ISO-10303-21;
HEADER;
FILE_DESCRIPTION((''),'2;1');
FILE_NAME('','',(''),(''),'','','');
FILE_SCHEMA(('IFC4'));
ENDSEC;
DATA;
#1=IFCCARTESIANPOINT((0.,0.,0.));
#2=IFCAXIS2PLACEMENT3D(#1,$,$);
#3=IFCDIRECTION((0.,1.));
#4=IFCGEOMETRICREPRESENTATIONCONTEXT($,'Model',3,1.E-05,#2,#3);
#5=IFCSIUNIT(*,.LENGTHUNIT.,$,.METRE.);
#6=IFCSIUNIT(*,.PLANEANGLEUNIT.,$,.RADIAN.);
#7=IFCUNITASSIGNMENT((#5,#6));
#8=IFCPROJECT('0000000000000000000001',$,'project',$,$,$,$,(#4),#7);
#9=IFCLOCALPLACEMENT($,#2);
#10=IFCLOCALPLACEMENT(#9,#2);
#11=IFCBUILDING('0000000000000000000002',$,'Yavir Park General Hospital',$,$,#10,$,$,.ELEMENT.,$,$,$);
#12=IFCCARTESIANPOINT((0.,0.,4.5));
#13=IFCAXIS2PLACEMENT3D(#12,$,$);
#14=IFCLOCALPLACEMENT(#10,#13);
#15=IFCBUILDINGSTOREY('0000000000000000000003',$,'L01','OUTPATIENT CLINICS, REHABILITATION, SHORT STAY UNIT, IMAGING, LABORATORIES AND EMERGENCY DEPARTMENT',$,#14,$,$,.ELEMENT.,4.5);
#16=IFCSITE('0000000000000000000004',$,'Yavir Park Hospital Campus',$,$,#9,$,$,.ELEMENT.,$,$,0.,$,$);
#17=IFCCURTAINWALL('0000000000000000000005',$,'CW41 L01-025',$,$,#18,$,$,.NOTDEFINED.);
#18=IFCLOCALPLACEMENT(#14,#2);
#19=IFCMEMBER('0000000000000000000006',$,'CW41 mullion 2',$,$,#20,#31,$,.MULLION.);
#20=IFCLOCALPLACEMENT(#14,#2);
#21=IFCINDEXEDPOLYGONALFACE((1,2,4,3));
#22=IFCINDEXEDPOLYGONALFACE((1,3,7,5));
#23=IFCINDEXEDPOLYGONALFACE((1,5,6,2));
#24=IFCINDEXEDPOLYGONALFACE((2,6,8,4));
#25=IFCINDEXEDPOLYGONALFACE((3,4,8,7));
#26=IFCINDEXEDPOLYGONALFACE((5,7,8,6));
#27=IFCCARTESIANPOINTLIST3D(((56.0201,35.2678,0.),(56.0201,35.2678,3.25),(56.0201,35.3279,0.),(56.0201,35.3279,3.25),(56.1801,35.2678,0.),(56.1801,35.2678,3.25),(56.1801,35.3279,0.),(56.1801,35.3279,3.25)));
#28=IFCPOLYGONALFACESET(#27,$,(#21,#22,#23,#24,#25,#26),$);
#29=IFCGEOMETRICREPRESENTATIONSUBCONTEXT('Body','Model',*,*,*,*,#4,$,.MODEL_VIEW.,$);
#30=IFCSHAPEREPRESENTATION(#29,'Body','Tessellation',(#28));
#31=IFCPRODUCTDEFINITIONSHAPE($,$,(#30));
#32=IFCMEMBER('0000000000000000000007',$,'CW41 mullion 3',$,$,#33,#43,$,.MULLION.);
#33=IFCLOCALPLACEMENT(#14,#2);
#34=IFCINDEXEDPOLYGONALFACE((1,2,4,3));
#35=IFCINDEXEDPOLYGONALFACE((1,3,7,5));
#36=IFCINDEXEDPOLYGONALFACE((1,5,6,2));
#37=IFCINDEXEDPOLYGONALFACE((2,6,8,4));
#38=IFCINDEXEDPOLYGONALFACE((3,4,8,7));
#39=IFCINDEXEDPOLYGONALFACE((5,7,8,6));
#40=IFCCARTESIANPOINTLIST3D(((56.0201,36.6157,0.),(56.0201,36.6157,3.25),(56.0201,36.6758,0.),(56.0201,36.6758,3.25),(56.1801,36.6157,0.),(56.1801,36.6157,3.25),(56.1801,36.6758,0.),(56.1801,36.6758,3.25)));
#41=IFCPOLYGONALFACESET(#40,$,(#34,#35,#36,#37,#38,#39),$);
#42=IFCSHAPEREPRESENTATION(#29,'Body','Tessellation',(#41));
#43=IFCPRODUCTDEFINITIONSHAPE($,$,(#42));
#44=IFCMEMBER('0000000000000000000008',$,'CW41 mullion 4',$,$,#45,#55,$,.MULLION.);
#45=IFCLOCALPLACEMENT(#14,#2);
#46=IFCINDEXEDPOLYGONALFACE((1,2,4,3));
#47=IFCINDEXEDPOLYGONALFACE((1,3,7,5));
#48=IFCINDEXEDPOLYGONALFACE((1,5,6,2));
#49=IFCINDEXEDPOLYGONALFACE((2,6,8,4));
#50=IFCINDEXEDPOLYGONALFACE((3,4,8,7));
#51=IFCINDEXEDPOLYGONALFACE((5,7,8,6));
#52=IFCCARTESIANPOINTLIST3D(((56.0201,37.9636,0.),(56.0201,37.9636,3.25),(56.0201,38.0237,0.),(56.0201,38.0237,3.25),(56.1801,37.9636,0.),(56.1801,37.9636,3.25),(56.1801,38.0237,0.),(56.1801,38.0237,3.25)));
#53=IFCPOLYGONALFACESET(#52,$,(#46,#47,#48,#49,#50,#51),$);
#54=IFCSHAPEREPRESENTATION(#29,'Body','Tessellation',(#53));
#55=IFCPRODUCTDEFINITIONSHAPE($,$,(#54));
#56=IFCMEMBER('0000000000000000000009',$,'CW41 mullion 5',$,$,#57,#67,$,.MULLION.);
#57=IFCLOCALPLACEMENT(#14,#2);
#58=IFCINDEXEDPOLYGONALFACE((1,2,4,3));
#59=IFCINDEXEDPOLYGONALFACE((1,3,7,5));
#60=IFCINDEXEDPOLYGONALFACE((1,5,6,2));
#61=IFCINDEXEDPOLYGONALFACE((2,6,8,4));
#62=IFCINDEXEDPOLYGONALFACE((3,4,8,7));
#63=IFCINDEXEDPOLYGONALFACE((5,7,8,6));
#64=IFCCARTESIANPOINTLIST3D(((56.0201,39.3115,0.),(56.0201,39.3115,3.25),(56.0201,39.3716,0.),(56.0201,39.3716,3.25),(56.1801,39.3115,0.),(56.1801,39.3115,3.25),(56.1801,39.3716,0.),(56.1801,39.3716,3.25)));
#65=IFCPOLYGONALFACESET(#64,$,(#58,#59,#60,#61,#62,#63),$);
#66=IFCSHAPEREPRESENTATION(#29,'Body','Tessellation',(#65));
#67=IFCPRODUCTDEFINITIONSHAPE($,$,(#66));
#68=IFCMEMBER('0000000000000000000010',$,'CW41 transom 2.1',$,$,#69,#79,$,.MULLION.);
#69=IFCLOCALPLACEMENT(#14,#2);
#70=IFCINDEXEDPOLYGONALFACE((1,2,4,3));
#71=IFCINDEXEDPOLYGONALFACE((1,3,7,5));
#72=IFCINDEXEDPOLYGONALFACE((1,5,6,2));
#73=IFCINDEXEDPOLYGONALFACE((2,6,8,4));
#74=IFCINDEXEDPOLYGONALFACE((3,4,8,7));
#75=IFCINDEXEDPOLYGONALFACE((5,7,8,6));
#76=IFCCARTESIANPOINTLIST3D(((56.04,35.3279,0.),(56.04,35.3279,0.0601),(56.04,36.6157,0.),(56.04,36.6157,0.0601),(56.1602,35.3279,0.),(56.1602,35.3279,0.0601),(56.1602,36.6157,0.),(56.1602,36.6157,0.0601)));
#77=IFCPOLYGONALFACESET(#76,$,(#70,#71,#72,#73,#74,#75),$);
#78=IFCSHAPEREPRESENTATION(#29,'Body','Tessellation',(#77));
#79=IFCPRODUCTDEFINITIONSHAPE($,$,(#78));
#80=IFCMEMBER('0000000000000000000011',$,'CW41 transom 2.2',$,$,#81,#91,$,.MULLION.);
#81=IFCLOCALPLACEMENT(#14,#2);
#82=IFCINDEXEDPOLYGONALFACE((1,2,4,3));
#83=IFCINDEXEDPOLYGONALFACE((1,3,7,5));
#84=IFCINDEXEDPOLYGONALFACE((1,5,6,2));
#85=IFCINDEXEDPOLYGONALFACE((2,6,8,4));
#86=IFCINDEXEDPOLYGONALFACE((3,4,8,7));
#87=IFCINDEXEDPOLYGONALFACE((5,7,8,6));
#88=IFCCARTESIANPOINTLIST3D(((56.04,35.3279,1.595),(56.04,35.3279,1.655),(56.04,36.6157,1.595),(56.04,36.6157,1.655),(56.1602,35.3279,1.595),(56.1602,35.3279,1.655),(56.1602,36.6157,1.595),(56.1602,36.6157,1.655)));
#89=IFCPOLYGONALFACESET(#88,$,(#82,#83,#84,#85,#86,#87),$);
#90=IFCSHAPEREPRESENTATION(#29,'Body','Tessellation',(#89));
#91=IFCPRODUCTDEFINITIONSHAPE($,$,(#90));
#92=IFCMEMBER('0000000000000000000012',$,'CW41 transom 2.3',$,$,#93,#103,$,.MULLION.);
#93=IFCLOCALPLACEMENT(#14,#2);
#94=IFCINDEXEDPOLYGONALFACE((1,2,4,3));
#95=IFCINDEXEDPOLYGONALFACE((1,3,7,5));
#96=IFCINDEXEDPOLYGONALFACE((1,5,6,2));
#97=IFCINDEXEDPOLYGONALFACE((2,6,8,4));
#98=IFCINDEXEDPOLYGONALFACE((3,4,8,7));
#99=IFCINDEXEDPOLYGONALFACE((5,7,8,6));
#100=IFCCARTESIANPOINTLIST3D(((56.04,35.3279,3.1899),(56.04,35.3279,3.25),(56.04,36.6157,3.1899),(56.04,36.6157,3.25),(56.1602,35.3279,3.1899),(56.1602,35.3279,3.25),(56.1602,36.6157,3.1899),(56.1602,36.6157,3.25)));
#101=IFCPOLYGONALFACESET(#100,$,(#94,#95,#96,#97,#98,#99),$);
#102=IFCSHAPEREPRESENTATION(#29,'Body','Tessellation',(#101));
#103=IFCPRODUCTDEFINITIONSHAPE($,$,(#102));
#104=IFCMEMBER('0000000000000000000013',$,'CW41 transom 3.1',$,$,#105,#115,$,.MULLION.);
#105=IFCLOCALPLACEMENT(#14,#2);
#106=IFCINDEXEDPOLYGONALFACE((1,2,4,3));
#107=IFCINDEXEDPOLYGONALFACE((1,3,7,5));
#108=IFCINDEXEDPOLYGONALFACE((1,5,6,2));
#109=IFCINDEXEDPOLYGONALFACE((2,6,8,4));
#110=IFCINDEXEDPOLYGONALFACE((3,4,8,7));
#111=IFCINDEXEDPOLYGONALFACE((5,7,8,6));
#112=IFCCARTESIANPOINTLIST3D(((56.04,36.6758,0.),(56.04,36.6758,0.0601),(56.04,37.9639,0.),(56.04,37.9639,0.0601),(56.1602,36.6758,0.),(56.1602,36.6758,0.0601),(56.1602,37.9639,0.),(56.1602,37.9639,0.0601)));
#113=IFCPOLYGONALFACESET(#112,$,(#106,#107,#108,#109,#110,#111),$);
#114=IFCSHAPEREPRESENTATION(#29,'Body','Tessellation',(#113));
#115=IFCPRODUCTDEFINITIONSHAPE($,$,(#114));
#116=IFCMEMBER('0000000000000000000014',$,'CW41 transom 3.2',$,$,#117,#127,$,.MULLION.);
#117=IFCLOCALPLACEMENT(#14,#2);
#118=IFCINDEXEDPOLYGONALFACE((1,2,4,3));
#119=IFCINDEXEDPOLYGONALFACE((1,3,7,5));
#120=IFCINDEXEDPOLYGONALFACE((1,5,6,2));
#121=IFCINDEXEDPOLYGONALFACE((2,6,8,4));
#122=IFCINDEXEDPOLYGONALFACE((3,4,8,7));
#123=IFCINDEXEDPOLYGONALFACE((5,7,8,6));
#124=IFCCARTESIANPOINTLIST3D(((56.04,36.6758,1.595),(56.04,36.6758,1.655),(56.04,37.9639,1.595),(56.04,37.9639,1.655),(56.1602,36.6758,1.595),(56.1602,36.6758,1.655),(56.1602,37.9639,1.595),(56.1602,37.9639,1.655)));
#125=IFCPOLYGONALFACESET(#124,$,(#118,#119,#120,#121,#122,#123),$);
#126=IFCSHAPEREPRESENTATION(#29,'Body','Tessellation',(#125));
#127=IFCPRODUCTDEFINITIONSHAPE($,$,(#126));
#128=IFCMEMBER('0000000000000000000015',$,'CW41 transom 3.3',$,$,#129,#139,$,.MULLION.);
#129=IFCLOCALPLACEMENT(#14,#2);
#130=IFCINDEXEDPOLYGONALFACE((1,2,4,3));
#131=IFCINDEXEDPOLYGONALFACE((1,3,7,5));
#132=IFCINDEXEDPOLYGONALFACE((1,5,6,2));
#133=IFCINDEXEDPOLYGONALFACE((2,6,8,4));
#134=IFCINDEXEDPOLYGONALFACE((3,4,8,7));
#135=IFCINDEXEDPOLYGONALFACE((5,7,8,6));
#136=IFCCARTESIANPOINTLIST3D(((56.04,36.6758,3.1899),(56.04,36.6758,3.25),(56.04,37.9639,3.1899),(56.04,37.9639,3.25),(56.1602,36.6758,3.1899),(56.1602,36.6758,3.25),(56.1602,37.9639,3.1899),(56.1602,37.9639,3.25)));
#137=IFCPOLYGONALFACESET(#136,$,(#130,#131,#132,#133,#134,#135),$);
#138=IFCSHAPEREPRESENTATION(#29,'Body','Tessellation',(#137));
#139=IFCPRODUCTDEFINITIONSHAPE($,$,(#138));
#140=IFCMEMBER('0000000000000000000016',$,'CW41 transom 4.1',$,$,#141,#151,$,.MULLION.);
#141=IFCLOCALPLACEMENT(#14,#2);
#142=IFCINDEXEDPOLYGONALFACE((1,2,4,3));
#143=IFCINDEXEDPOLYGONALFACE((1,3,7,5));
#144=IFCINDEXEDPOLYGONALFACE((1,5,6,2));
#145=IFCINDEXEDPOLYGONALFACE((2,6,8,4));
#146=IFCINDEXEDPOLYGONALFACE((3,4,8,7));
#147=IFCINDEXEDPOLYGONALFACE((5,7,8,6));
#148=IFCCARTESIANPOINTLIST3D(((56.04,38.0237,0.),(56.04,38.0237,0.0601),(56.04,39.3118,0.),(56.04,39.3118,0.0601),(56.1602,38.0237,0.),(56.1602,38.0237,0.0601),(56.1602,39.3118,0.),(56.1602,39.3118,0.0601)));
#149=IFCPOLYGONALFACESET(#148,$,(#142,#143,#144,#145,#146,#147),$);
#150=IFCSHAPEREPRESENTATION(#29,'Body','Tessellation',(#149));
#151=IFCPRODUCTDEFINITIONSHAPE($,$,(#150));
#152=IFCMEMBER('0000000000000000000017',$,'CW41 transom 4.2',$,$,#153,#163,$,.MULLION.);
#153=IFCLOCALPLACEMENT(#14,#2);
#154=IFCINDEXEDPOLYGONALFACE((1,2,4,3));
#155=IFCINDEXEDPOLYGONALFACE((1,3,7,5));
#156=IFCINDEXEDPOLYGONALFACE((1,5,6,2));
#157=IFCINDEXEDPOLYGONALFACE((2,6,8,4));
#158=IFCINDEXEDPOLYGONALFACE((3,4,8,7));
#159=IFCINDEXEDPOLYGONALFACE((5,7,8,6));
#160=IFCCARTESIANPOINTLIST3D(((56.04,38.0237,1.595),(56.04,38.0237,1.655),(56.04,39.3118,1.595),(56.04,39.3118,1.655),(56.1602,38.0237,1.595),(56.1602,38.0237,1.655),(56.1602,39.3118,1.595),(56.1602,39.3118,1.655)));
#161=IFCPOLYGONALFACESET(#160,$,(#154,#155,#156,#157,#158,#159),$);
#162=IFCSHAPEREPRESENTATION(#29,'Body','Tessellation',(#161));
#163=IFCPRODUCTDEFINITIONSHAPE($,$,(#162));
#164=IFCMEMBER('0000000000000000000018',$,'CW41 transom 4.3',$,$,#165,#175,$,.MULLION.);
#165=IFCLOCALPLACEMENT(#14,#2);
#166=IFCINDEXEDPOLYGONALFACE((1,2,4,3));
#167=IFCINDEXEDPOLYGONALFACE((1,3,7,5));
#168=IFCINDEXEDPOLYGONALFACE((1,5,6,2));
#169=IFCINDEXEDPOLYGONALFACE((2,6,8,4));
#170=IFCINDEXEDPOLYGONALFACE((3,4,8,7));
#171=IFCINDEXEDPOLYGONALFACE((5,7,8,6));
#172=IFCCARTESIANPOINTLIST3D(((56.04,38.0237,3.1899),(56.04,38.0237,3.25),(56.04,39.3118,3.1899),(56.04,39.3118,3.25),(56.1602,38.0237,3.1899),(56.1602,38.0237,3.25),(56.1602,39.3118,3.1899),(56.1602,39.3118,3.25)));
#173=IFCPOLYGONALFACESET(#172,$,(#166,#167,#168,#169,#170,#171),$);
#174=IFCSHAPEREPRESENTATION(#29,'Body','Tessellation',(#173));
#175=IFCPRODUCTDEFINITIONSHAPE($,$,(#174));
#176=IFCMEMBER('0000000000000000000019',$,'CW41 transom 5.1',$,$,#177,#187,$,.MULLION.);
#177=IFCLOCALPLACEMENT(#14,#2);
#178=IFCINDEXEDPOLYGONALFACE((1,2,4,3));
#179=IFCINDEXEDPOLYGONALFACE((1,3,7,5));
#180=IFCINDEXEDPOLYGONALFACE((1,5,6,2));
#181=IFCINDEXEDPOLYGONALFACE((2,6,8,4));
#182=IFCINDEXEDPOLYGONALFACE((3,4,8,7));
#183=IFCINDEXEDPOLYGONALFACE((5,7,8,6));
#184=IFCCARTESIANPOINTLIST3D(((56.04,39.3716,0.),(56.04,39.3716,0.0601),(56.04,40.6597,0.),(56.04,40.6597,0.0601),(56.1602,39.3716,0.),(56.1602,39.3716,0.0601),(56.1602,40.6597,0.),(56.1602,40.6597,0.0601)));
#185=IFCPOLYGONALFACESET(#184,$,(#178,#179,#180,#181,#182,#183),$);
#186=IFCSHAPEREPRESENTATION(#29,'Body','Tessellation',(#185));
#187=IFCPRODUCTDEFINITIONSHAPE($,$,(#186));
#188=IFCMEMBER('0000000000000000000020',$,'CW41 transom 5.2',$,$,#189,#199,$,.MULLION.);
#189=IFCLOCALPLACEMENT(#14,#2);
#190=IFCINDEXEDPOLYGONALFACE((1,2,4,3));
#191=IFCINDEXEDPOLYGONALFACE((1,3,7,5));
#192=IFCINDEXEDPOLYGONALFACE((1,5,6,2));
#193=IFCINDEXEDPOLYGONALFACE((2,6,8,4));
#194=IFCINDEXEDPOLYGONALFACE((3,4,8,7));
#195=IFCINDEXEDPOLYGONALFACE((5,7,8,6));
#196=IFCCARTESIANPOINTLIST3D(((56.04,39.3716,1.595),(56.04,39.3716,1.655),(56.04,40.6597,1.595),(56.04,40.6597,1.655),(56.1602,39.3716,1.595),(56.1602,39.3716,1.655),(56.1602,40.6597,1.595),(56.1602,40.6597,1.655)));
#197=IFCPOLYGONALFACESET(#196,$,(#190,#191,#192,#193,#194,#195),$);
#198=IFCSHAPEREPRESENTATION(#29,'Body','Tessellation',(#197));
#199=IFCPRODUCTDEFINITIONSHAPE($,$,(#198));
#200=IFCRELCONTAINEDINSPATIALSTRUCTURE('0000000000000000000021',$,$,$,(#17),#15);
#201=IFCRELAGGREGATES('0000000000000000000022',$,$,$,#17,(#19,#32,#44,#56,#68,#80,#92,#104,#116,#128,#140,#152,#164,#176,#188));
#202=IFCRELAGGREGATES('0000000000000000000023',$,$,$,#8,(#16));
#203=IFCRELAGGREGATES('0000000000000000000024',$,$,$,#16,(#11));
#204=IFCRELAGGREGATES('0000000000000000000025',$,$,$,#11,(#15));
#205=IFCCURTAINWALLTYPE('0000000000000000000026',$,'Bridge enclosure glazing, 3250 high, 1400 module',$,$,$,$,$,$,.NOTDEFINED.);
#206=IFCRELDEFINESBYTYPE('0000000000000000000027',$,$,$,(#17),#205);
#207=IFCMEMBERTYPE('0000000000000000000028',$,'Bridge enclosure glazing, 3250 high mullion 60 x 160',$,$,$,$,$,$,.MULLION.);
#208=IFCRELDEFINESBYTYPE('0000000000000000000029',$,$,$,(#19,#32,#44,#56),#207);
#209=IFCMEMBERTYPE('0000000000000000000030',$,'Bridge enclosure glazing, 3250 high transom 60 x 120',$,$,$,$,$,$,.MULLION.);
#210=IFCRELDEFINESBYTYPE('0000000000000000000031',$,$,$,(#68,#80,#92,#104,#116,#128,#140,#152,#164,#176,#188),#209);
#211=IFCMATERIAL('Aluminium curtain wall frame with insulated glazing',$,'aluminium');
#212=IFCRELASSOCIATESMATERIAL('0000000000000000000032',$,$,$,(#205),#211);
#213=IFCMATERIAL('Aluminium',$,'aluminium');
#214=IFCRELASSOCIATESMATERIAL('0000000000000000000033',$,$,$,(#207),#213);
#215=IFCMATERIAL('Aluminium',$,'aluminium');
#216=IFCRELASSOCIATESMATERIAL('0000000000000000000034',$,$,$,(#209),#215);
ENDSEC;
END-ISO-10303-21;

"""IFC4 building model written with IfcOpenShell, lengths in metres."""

from ifc_helpers import new_model, si_unit, direction, frame, origin, origin_2d, place, context, subcontext, project, spatial, rectangle, extrude, material, material_profile, profile_set, type_object, element, aggregate, save


model = new_model("IFC4")

# Units and contexts
model_context = context("Model", 3, precision=1e-05, world=origin(), true_north=direction((0.0, 1.0)))
body_context = subcontext(model_context, "Body", "Model", "MODEL_VIEW")
ifc_project = project(units=[si_unit("LENGTHUNIT", "METRE"), si_unit("PLANEANGLEUNIT", "RADIAN")], contexts=[model_context])

# Site, building, storey
site_placement = place(None, origin())
site = spatial("IfcSite", under=ifc_project, at=site_placement, Name="Yavir Park Hospital Campus", CompositionType="ELEMENT", RefElevation=0.0)
building_placement = place(site_placement, origin())
building = spatial("IfcBuilding", under=site, at=building_placement, Name="Yavir Park General Hospital", CompositionType="ELEMENT")
storey_placement = place(building_placement, frame((0.0, 0.0, 4.5)))
storey = spatial("IfcBuildingStorey", under=building, at=storey_placement, Name="L01", Description="OUTPATIENT CLINICS, REHABILITATION, SHORT STAY UNIT, IMAGING, LABORATORIES AND EMERGENCY DEPARTMENT", CompositionType="ELEMENT", Elevation=4.5)

# Curtain wall, members
ifc_material_1 = material(Name="Aluminium curtain wall frame with insulated glazing", Category="aluminium")
curtain_wall_type = type_object("IfcCurtainWallType", Name="Bridge enclosure glazing, 3250 high, 1400 module", PredefinedType="NOTDEFINED", material=ifc_material_1)
curtain_wall_placement = place(storey_placement, origin())
curtain_wall = element("IfcCurtainWall", 1, at=curtain_wall_placement, inside=storey, type_object=curtain_wall_type, Name="CW41 L01-025", PredefinedType="NOTDEFINED")
ifc_material_2 = material(Name="Aluminium", Category="aluminium")
ifc_material_profile_1 = material_profile(ifc_material_2, rectangle(XDim=0.1599, YDim=0.0601, at=origin_2d()), Name="AL 60x160")
ifc_profile_set_1 = profile_set([ifc_material_profile_1], Name="Aluminium")
member_type_1 = type_object("IfcMemberType", Name="Bridge enclosure glazing, 3250 high mullion 60 x 160", PredefinedType="MULLION", material=ifc_profile_set_1)
member_1_placement = place(storey_placement, frame((56.1001, 35.2979, 0.0), z_axis=(0.0, 0.0, 1.0), x_axis=(-1.0, 0.0, 0.0)))
member_1 = element("IfcMember", 2, at=member_1_placement, type_object=member_type_1, Name="CW41 mullion 2", PredefinedType="MULLION", context=body_context, shape_type="SweptSolid", body=[
    extrude(rectangle(XDim=0.1599, YDim=0.0601, at=origin_2d()), origin(), (0.0, 0.0, 1.0), 3.25),
])
member_2_placement = place(storey_placement, frame((56.1001, 36.6458, 0.0), z_axis=(0.0, 0.0, 1.0), x_axis=(-1.0, 0.0, 0.0)))
member_2 = element("IfcMember", 3, at=member_2_placement, type_object=member_type_1, Name="CW41 mullion 3", PredefinedType="MULLION", context=body_context, shape_type="SweptSolid", body=[
    extrude(rectangle(XDim=0.1599, YDim=0.0601, at=origin_2d()), origin(), (0.0, 0.0, 1.0), 3.25),
])
member_3_placement = place(storey_placement, frame((56.1001, 37.9937, 0.0), z_axis=(0.0, 0.0, 1.0), x_axis=(-1.0, 0.0, 0.0)))
member_3 = element("IfcMember", 4, at=member_3_placement, type_object=member_type_1, Name="CW41 mullion 4", PredefinedType="MULLION", context=body_context, shape_type="SweptSolid", body=[
    extrude(rectangle(XDim=0.1599, YDim=0.0601, at=origin_2d()), origin(), (0.0, 0.0, 1.0), 3.25),
])
member_4_placement = place(storey_placement, frame((56.1001, 39.3416, 0.0), z_axis=(0.0, 0.0, 1.0), x_axis=(-1.0, 0.0, 0.0)))
member_4 = element("IfcMember", 5, at=member_4_placement, type_object=member_type_1, Name="CW41 mullion 5", PredefinedType="MULLION", context=body_context, shape_type="SweptSolid", body=[
    extrude(rectangle(XDim=0.1599, YDim=0.0601, at=origin_2d()), origin(), (0.0, 0.0, 1.0), 3.25),
])
ifc_material_3 = material(Name="Aluminium", Category="aluminium")
ifc_material_profile_2 = material_profile(ifc_material_3, rectangle(XDim=0.1201, YDim=0.0601, at=origin_2d()), Name="AL 120x60")
ifc_profile_set_2 = profile_set([ifc_material_profile_2], Name="Aluminium")
member_type_2 = type_object("IfcMemberType", Name="Bridge enclosure glazing, 3250 high transom 60 x 120", PredefinedType="MULLION", material=ifc_profile_set_2)
member_5_placement = place(storey_placement, frame((56.1001, 35.3279, 0.03), z_axis=(0.0, 1.0, 0.0), x_axis=(-1.0, 0.0, 0.0)))
member_5 = element("IfcMember", 6, at=member_5_placement, type_object=member_type_2, Name="CW41 transom 2.1", PredefinedType="MULLION", context=body_context, shape_type="SweptSolid", body=[
    extrude(rectangle(XDim=0.1201, YDim=0.0601, at=origin_2d()), origin(), (0.0, 0.0, 1.0), 1.2878),
])
member_6_placement = place(storey_placement, frame((56.1001, 35.3279, 1.625), z_axis=(0.0, 1.0, 0.0), x_axis=(-1.0, 0.0, 0.0)))
member_6 = element("IfcMember", 7, at=member_6_placement, type_object=member_type_2, Name="CW41 transom 2.2", PredefinedType="MULLION", context=body_context, shape_type="SweptSolid", body=[
    extrude(rectangle(XDim=0.1201, YDim=0.0601, at=origin_2d()), origin(), (0.0, 0.0, 1.0), 1.2878),
])
member_7_placement = place(storey_placement, frame((56.1001, 35.3279, 3.22), z_axis=(0.0, 1.0, 0.0), x_axis=(-1.0, 0.0, 0.0)))
member_7 = element("IfcMember", 8, at=member_7_placement, type_object=member_type_2, Name="CW41 transom 2.3", PredefinedType="MULLION", context=body_context, shape_type="SweptSolid", body=[
    extrude(rectangle(XDim=0.1201, YDim=0.0601, at=origin_2d()), origin(), (0.0, 0.0, 1.0), 1.2878),
])
member_8_placement = place(storey_placement, frame((56.1001, 36.6758, 0.03), z_axis=(0.0, 1.0, 0.0), x_axis=(-1.0, 0.0, 0.0)))
member_8 = element("IfcMember", 9, at=member_8_placement, type_object=member_type_2, Name="CW41 transom 3.1", PredefinedType="MULLION", context=body_context, shape_type="SweptSolid", body=[
    extrude(rectangle(XDim=0.1201, YDim=0.0601, at=origin_2d()), origin(), (0.0, 0.0, 1.0), 1.2881),
])
member_9_placement = place(storey_placement, frame((56.1001, 36.6758, 1.625), z_axis=(0.0, 1.0, 0.0), x_axis=(-1.0, 0.0, 0.0)))
member_9 = element("IfcMember", 10, at=member_9_placement, type_object=member_type_2, Name="CW41 transom 3.2", PredefinedType="MULLION", context=body_context, shape_type="SweptSolid", body=[
    extrude(rectangle(XDim=0.1201, YDim=0.0601, at=origin_2d()), origin(), (0.0, 0.0, 1.0), 1.2881),
])
member_10_placement = place(storey_placement, frame((56.1001, 36.6758, 3.22), z_axis=(0.0, 1.0, 0.0), x_axis=(-1.0, 0.0, 0.0)))
member_10 = element("IfcMember", 11, at=member_10_placement, type_object=member_type_2, Name="CW41 transom 3.3", PredefinedType="MULLION", context=body_context, shape_type="SweptSolid", body=[
    extrude(rectangle(XDim=0.1201, YDim=0.0601, at=origin_2d()), origin(), (0.0, 0.0, 1.0), 1.2881),
])
member_11_placement = place(storey_placement, frame((56.1001, 38.0237, 0.03), z_axis=(0.0, 1.0, 0.0), x_axis=(-1.0, 0.0, 0.0)))
member_11 = element("IfcMember", 12, at=member_11_placement, type_object=member_type_2, Name="CW41 transom 4.1", PredefinedType="MULLION", context=body_context, shape_type="SweptSolid", body=[
    extrude(rectangle(XDim=0.1201, YDim=0.0601, at=origin_2d()), origin(), (0.0, 0.0, 1.0), 1.2881),
])
member_12_placement = place(storey_placement, frame((56.1001, 38.0237, 1.625), z_axis=(0.0, 1.0, 0.0), x_axis=(-1.0, 0.0, 0.0)))
member_12 = element("IfcMember", 13, at=member_12_placement, type_object=member_type_2, Name="CW41 transom 4.2", PredefinedType="MULLION", context=body_context, shape_type="SweptSolid", body=[
    extrude(rectangle(XDim=0.1201, YDim=0.0601, at=origin_2d()), origin(), (0.0, 0.0, 1.0), 1.2881),
])
member_13_placement = place(storey_placement, frame((56.1001, 38.0237, 3.22), z_axis=(0.0, 1.0, 0.0), x_axis=(-1.0, 0.0, 0.0)))
member_13 = element("IfcMember", 14, at=member_13_placement, type_object=member_type_2, Name="CW41 transom 4.3", PredefinedType="MULLION", context=body_context, shape_type="SweptSolid", body=[
    extrude(rectangle(XDim=0.1201, YDim=0.0601, at=origin_2d()), origin(), (0.0, 0.0, 1.0), 1.2881),
])
member_14_placement = place(storey_placement, frame((56.1001, 39.3716, 0.03), z_axis=(0.0, 1.0, 0.0), x_axis=(-1.0, 0.0, 0.0)))
member_14 = element("IfcMember", 15, at=member_14_placement, type_object=member_type_2, Name="CW41 transom 5.1", PredefinedType="MULLION", context=body_context, shape_type="SweptSolid", body=[
    extrude(rectangle(XDim=0.1201, YDim=0.0601, at=origin_2d()), origin(), (0.0, 0.0, 1.0), 1.2881),
])
member_15_placement = place(storey_placement, frame((56.1001, 39.3716, 1.625), z_axis=(0.0, 1.0, 0.0), x_axis=(-1.0, 0.0, 0.0)))
member_15 = element("IfcMember", 16, at=member_15_placement, type_object=member_type_2, Name="CW41 transom 5.2", PredefinedType="MULLION", context=body_context, shape_type="SweptSolid", body=[
    extrude(rectangle(XDim=0.1201, YDim=0.0601, at=origin_2d()), origin(), (0.0, 0.0, 1.0), 1.2881),
])

aggregate(curtain_wall, [member_1, member_2, member_3, member_4, member_5, member_6, member_7, member_8, member_9, member_10, member_11, member_12, member_13, member_14, member_15])

save(model, "model.ifc")
